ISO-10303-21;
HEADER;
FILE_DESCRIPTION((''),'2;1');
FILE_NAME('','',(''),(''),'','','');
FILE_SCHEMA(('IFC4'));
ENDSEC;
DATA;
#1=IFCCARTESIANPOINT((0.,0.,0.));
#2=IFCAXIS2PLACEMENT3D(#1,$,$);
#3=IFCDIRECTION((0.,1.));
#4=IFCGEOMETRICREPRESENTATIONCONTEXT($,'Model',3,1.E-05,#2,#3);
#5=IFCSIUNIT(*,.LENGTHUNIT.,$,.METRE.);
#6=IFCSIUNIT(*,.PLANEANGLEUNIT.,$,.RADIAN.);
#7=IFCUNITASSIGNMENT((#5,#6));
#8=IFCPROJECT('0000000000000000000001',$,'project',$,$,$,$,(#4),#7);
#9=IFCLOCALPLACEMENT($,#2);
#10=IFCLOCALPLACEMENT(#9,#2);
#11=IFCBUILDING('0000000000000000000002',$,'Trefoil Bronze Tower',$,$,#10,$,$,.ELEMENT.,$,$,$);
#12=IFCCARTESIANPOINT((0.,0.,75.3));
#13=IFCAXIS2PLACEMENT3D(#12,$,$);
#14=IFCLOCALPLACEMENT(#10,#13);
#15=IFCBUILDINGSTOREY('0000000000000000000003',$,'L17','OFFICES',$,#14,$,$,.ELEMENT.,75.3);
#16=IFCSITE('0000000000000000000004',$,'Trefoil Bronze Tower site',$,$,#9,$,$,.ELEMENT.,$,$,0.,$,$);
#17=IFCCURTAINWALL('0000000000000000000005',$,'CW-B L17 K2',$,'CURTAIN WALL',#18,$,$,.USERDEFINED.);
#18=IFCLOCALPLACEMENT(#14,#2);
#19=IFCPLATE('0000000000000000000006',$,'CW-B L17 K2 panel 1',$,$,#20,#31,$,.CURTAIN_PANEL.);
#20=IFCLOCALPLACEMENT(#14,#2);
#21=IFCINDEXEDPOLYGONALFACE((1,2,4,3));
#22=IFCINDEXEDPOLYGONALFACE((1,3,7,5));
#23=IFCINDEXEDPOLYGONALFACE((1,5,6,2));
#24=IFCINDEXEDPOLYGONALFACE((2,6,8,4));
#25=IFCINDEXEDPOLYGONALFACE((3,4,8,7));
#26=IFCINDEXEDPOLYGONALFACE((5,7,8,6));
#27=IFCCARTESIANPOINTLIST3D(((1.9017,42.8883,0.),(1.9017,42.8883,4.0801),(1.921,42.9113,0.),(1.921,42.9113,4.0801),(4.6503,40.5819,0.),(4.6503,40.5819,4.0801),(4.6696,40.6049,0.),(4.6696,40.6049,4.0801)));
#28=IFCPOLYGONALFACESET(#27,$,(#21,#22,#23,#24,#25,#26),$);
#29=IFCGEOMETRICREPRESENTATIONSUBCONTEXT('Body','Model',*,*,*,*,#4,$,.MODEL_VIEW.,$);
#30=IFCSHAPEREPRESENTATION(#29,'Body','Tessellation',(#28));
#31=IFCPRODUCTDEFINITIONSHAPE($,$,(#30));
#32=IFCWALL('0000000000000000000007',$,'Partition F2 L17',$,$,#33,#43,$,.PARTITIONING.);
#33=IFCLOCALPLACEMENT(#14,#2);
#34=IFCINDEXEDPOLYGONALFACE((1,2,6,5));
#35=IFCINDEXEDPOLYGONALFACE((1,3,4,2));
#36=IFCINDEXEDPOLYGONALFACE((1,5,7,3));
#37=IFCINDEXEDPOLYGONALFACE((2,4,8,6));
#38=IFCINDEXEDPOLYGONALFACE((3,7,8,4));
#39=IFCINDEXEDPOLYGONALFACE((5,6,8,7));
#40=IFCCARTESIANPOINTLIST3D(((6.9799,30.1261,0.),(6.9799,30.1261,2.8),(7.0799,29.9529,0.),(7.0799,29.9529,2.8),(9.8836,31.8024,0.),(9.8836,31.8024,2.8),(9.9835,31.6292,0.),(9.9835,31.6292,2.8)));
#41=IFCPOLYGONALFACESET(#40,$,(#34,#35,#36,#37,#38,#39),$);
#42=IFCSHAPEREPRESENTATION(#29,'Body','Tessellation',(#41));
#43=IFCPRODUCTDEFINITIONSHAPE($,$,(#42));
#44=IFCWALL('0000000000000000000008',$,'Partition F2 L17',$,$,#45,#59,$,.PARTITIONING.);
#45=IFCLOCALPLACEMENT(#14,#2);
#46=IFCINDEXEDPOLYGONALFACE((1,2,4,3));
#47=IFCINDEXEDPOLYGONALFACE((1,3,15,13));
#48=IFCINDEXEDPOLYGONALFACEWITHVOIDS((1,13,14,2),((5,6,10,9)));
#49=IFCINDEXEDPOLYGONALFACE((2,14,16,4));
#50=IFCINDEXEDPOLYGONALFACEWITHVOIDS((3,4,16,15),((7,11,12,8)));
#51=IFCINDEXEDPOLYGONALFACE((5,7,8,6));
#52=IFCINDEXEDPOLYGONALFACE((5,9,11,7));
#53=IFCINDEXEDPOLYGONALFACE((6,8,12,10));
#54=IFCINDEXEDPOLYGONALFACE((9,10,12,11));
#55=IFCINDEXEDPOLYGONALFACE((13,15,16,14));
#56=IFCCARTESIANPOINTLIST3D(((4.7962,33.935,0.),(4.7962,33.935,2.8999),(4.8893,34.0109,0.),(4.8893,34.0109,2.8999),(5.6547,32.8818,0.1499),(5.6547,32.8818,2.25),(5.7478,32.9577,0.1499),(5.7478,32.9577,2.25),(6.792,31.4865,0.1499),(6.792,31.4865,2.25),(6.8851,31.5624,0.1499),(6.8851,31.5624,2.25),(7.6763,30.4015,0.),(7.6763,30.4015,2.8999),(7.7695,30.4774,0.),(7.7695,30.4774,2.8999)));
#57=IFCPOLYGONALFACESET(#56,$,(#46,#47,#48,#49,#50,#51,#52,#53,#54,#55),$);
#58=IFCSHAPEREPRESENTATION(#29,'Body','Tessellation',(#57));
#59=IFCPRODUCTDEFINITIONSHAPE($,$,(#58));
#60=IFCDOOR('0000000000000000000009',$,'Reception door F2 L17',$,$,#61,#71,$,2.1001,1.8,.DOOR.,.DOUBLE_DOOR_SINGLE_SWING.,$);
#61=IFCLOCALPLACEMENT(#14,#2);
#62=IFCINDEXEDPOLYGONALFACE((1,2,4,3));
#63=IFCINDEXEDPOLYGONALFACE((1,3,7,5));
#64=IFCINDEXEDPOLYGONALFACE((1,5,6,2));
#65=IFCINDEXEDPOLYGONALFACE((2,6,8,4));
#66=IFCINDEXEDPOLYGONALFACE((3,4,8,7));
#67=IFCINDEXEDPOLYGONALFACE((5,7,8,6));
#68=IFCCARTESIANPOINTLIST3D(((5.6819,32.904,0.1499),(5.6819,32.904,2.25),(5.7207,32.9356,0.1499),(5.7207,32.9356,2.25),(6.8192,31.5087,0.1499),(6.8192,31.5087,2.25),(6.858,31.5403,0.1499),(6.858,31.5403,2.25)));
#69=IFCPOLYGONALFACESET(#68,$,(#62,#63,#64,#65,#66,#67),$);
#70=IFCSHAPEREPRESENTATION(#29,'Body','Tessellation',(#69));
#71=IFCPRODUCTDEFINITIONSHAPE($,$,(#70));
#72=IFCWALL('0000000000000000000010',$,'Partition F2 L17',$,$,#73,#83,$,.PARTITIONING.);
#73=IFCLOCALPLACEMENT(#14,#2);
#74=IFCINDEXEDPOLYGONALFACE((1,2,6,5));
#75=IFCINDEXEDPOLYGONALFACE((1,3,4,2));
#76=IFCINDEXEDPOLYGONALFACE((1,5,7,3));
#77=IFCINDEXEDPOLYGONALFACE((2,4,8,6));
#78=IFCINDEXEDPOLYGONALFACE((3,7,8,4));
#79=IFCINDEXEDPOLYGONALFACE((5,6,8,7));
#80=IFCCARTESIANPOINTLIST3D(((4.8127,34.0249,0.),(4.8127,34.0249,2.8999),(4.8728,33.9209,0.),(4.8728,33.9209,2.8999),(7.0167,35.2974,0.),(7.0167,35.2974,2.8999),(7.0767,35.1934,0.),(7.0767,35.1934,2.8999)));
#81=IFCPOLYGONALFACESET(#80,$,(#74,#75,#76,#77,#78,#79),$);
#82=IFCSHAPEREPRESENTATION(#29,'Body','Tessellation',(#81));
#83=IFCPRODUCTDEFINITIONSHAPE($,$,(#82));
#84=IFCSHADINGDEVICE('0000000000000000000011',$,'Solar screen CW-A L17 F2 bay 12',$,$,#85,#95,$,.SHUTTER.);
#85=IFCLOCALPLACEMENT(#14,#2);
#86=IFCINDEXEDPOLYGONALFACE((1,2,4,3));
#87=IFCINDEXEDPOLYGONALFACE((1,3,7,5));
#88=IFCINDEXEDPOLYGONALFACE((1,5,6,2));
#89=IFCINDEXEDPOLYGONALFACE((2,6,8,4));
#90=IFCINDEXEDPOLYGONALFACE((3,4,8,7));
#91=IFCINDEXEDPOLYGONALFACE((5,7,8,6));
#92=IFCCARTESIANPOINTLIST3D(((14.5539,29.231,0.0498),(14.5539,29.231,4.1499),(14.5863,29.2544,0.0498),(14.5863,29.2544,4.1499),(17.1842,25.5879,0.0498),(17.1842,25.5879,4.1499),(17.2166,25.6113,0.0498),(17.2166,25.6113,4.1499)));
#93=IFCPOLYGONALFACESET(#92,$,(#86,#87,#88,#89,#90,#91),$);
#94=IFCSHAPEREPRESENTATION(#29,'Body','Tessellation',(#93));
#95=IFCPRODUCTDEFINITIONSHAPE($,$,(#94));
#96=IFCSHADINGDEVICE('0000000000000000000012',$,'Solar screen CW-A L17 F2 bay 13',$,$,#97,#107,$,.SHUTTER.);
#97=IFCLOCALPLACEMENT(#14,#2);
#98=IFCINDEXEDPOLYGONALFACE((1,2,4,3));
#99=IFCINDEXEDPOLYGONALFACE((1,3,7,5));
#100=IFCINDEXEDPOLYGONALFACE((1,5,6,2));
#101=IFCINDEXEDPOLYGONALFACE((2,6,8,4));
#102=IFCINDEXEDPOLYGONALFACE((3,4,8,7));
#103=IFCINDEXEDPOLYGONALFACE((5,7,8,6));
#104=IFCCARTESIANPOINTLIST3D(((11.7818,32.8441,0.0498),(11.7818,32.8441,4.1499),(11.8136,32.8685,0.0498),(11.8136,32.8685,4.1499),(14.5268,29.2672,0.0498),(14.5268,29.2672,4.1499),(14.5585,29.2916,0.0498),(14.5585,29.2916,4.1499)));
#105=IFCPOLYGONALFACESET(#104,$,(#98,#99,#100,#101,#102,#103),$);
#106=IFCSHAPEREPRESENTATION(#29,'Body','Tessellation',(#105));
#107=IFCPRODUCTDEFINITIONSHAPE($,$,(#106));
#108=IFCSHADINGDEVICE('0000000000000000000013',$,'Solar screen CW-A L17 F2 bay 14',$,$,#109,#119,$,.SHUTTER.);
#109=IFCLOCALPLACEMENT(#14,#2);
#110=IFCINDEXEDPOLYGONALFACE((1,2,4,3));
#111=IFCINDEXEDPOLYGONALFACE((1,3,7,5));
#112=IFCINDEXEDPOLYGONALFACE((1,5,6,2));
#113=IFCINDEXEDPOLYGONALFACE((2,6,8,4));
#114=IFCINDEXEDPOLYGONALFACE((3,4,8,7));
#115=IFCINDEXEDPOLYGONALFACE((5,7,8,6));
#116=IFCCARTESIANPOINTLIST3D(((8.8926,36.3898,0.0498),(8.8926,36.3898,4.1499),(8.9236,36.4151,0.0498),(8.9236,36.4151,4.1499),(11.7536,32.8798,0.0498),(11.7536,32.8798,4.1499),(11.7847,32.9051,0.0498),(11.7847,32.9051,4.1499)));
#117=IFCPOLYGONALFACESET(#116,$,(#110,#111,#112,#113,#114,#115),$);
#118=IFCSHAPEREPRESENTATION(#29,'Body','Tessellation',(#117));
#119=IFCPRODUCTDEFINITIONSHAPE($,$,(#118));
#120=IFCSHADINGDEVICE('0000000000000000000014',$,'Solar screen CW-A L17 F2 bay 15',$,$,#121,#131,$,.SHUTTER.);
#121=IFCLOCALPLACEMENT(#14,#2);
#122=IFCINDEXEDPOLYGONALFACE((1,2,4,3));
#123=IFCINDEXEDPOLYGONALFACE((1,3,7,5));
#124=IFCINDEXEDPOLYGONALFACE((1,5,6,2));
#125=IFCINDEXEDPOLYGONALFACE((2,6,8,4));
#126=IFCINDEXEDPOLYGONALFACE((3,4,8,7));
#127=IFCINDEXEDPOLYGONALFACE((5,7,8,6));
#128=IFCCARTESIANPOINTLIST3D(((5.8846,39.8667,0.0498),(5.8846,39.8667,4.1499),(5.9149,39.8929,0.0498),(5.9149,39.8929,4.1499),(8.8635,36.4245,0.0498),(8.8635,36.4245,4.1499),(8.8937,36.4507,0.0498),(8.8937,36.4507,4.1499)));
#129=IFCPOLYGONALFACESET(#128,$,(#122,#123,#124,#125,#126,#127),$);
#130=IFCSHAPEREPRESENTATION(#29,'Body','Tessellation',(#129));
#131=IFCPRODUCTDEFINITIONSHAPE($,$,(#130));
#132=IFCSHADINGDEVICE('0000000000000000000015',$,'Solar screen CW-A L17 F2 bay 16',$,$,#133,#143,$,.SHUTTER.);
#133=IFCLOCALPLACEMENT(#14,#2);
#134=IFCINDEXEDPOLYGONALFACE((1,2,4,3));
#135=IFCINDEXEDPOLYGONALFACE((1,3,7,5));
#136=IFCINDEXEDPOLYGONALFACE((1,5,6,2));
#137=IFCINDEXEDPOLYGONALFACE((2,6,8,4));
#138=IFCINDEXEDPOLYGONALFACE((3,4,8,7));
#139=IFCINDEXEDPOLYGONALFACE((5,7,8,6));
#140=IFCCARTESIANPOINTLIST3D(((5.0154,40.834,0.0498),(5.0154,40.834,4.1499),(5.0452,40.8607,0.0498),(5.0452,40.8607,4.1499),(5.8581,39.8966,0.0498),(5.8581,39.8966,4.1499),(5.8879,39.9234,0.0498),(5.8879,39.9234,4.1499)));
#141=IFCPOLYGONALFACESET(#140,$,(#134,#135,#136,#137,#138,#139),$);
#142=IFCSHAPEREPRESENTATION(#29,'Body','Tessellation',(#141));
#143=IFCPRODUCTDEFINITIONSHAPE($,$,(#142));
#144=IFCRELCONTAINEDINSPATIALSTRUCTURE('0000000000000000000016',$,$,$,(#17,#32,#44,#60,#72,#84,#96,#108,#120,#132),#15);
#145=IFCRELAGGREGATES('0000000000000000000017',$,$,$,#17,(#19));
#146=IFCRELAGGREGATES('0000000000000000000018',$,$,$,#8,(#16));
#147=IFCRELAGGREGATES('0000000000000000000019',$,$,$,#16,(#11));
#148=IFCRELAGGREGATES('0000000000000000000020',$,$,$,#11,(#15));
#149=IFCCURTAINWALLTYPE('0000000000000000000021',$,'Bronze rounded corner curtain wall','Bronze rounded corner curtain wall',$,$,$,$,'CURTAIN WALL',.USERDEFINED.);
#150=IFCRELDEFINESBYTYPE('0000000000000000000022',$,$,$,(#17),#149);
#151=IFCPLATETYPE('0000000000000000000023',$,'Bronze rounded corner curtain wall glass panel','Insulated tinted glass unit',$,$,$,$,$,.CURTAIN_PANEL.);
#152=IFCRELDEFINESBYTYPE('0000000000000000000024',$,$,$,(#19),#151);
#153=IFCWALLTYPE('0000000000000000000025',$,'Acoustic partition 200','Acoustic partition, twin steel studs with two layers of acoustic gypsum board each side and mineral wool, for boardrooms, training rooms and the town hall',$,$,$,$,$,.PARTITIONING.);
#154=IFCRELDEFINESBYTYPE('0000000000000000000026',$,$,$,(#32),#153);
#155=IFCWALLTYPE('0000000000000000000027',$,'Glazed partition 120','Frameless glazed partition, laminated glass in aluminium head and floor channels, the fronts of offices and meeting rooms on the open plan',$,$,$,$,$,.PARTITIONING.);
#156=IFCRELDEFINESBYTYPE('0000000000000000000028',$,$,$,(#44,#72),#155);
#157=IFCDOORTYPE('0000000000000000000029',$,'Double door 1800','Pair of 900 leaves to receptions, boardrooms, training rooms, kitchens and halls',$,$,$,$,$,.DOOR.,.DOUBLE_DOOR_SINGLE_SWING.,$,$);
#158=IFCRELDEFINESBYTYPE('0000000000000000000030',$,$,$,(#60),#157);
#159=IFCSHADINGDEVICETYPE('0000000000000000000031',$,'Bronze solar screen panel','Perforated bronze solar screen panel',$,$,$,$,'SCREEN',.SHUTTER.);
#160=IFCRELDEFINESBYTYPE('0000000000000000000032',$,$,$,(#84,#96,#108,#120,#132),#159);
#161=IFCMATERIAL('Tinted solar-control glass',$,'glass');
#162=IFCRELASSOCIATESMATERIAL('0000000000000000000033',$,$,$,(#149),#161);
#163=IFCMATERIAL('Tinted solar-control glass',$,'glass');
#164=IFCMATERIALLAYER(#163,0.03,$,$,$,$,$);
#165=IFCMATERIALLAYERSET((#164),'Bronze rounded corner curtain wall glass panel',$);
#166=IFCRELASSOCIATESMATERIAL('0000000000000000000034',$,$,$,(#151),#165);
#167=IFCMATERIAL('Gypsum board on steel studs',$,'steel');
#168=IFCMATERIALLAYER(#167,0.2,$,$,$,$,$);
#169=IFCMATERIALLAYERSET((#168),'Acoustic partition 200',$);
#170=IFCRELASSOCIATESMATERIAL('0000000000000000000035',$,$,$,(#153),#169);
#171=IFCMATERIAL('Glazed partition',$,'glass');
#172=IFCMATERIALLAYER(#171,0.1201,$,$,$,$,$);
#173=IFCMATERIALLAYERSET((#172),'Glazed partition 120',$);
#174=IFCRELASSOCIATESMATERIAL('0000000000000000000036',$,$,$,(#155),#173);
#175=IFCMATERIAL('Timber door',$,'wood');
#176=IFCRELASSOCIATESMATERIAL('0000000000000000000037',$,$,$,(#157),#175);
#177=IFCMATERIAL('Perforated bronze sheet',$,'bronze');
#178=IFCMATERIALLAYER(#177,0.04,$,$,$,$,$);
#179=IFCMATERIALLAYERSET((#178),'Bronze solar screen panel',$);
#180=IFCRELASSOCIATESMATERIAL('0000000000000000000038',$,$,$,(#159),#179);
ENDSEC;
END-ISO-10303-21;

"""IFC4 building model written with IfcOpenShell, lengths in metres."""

from ifc_helpers import new_model, si_unit, direction, frame, frame_2d, origin, origin_2d, place, context, subcontext, project, spatial, rectangle, extrude, material, layer, layer_set, type_object, element, fill, aggregate, save


model = new_model("IFC4")

# Units and contexts
model_context = context("Model", 3, precision=1e-05, world=origin(), true_north=direction((0.0, 1.0)))
body_context = subcontext(model_context, "Body", "Model", "MODEL_VIEW")
ifc_project = project(units=[si_unit("LENGTHUNIT", "METRE"), si_unit("PLANEANGLEUNIT", "RADIAN")], contexts=[model_context])

# Site, building, storey
site_placement = place(None, origin())
site = spatial("IfcSite", under=ifc_project, at=site_placement, Name="Trefoil Bronze Tower site", CompositionType="ELEMENT", RefElevation=0.0)
building_placement = place(site_placement, origin())
building = spatial("IfcBuilding", under=site, at=building_placement, Name="Trefoil Bronze Tower", CompositionType="ELEMENT")
storey_placement = place(building_placement, frame((0.0, 0.0, 75.3)))
storey = spatial("IfcBuildingStorey", under=building, at=storey_placement, Name="L17", Description="OFFICES", CompositionType="ELEMENT", Elevation=75.3)

# Curtain wall
ifc_material_1 = material(Name="Tinted solar-control glass", Category="glass")
curtain_wall_type_1 = type_object("IfcCurtainWallType", Name="Bronze rounded corner curtain wall", Description="Bronze rounded corner curtain wall", ElementType="CURTAIN WALL", PredefinedType="USERDEFINED", material=ifc_material_1)
curtain_wall_1_placement = place(storey_placement, origin())
curtain_wall_1 = element("IfcCurtainWall", 1, at=curtain_wall_1_placement, inside=storey, type_object=curtain_wall_type_1, Name="CW-B L17 K2", ObjectType="CURTAIN WALL", PredefinedType="USERDEFINED")

# Plate
ifc_material_2 = material(Name="Tinted solar-control glass", Category="glass")
ifc_layer_1 = layer(ifc_material_2, 0.03)
ifc_layer_set_1 = layer_set([ifc_layer_1], Name="Bronze rounded corner curtain wall glass panel")
plate_type_1 = type_object("IfcPlateType", Name="Bronze rounded corner curtain wall glass panel", Description="Insulated tinted glass unit", PredefinedType="CURTAIN_PANEL", material=ifc_layer_set_1)
plate_1_placement = place(storey_placement, frame((3.2856, 41.7466, 0.0), z_axis=(0.0, 0.0, 1.0), x_axis=(-0.766044, 0.642788, 0.0)))
plate_1 = element("IfcPlate", 2, at=plate_1_placement, type_object=plate_type_1, Name="CW-B L17 K2 panel 1", PredefinedType="CURTAIN_PANEL", context=body_context, shape_type="SweptSolid", body=[
    extrude(rectangle(XDim=3.5881, YDim=0.03, at=origin_2d()), origin(), (0.0, 0.0, 1.0), 4.0801),
])
aggregate(curtain_wall_1, [plate_1])

# Wall
ifc_material_3 = material(Name="Gypsum board on steel studs", Category="steel")
ifc_layer_2 = layer(ifc_material_3, 0.2)
ifc_layer_set_2 = layer_set([ifc_layer_2], Name="Acoustic partition 200")
wall_type_1 = type_object("IfcWallType", Name="Acoustic partition 200", Description="Acoustic partition, twin steel studs with two layers of acoustic gypsum board each side and mineral wool, for boardrooms, training rooms and the town hall", PredefinedType="PARTITIONING", material=ifc_layer_set_2)
wall_1_placement = place(storey_placement, frame((7.03, 30.0396, 0.0), z_axis=(0.0, 0.0, 1.0), x_axis=(0.866039, 0.499977, 0.0)))
element("IfcWall", 3, at=wall_1_placement, inside=storey, type_object=wall_type_1, Name="Partition F2 L17", PredefinedType="PARTITIONING", context=body_context, shape_type="SweptSolid", body=[
    extrude(rectangle(XDim=3.3528, YDim=0.2, at=frame_2d((1.6763, 0.0))), origin(), (0.0, 0.0, 1.0), 2.8),
])

# Wall, opening, door
ifc_material_4 = material(Name="Glazed partition", Category="glass")
ifc_layer_3 = layer(ifc_material_4, 0.1201)
ifc_layer_set_3 = layer_set([ifc_layer_3], Name="Glazed partition 120")
wall_type_2 = type_object("IfcWallType", Name="Glazed partition 120", Description="Frameless glazed partition, laminated glass in aluminium head and floor channels, the fronts of offices and meeting rooms on the open plan", PredefinedType="PARTITIONING", material=ifc_layer_set_3)
wall_2_placement = place(storey_placement, frame((7.7229, 30.4395, 0.0), z_axis=(0.0, 0.0, 1.0), x_axis=(-0.631808, 0.775125, 0.0)))
wall_2 = element("IfcWall", 4, at=wall_2_placement, inside=storey, type_object=wall_type_2, Name="Partition F2 L17", PredefinedType="PARTITIONING", context=body_context, shape_type="SweptSolid", body=[
    extrude(rectangle(XDim=4.5586, YDim=0.1201, at=frame_2d((2.2793, 0.0))), origin(), (0.0, 0.0, 1.0), 2.8999),
])
opening_placement = place(wall_2_placement, frame((1.3999, 0.0, 0.1499)))
opening = element("IfcOpeningElement", 5, at=opening_placement, cuts=wall_2, PredefinedType="OPENING", context=body_context, shape_type="SweptSolid", body=[
    extrude(rectangle(XDim=1.8, YDim=2.1001, at=frame_2d((0.8999, 1.05))), frame((0.0, 0.0701, 0.0), z_axis=(0.0, -1.0, 0.0), x_axis=(1.0, 0.0, 0.0)), (0.0, 0.0, 1.0), 0.1401),
])
ifc_material_5 = material(Name="Timber door", Category="wood")
door_type = type_object("IfcDoorType", Name="Double door 1800", Description="Pair of 900 leaves to receptions, boardrooms, training rooms, kitchens and halls", OperationType="DOUBLE_DOOR_SINGLE_SWING", PredefinedType="DOOR", material=ifc_material_5)
door_placement = place(opening_placement, origin())
door = element("IfcDoor", 6, at=door_placement, inside=storey, type_object=door_type, Name="Reception door F2 L17", OperationType="DOUBLE_DOOR_SINGLE_SWING", OverallHeight=2.1001, OverallWidth=1.8, PredefinedType="DOOR", context=body_context, shape_type="SweptSolid", body=[
    extrude(rectangle(XDim=1.8, YDim=2.1001, at=frame_2d((0.8999, 1.05))), frame((0.0, 0.0249, 0.0), z_axis=(0.0, -1.0, 0.0), x_axis=(1.0, 0.0, 0.0)), (0.0, 0.0, 1.0), 0.05),
])
fill(opening, door)

# Wall
wall_3_placement = place(storey_placement, frame((4.8428, 33.9729, 0.0), z_axis=(0.0, 0.0, 1.0), x_axis=(0.866015, 0.500019, 0.0)))
element("IfcWall", 7, at=wall_3_placement, inside=storey, type_object=wall_type_2, Name="Partition F2 L17", PredefinedType="PARTITIONING", context=body_context, shape_type="SweptSolid", body=[
    extrude(rectangle(XDim=2.5449, YDim=0.1201, at=frame_2d((1.2725, 0.0))), origin(), (0.0, 0.0, 1.0), 2.8999),
])

# Shading devices
ifc_material_6 = material(Name="Perforated bronze sheet", Category="bronze")
ifc_layer_4 = layer(ifc_material_6, 0.04)
ifc_layer_set_4 = layer_set([ifc_layer_4], Name="Bronze solar screen panel")
shading_device_type = type_object("IfcShadingDeviceType", Name="Bronze solar screen panel", Description="Perforated bronze solar screen panel", ElementType="SCREEN", PredefinedType="SHUTTER", material=ifc_layer_set_4)
shading_device_1_placement = place(storey_placement, frame((15.8853, 27.4211, 0.0498), z_axis=(0.0, 0.0, 1.0), x_axis=(-0.585373, 0.810764, 0.0)))
element("IfcShadingDevice", 8, at=shading_device_1_placement, inside=storey, type_object=shading_device_type, Name="Solar screen CW-A L17 F2 bay 12", PredefinedType="SHUTTER", context=body_context, shape_type="SweptSolid", body=[
    extrude(rectangle(XDim=4.4934, YDim=0.04, at=origin_2d()), origin(), (0.0, 0.0, 1.0), 4.1001),
])
shading_device_2_placement = place(storey_placement, frame((13.1702, 31.0679, 0.0498), z_axis=(0.0, 0.0, 1.0), x_axis=(-0.608808, 0.793318, 0.0)))
element("IfcShadingDevice", 9, at=shading_device_2_placement, inside=storey, type_object=shading_device_type, Name="Solar screen CW-A L17 F2 bay 13", PredefinedType="SHUTTER", context=body_context, shape_type="SweptSolid", body=[
    extrude(rectangle(XDim=4.5088, YDim=0.04, at=origin_2d()), origin(), (0.0, 0.0, 1.0), 4.1001),
])
shading_device_3_placement = place(storey_placement, frame((10.3386, 34.6475, 0.0498), z_axis=(0.0, 0.0, 1.0), x_axis=(-0.631811, 0.775123, 0.0)))
element("IfcShadingDevice", 10, at=shading_device_3_placement, inside=storey, type_object=shading_device_type, Name="Solar screen CW-A L17 F2 bay 14", PredefinedType="SHUTTER", context=body_context, shape_type="SweptSolid", body=[
    extrude(rectangle(XDim=4.5283, YDim=0.04, at=origin_2d()), origin(), (0.0, 0.0, 1.0), 4.1001),
])
shading_device_4_placement = place(storey_placement, frame((7.3892, 38.1587, 0.0498), z_axis=(0.0, 0.0, 1.0), x_axis=(-0.654376, 0.756169, 0.0)))
element("IfcShadingDevice", 11, at=shading_device_4_placement, inside=storey, type_object=shading_device_type, Name="Solar screen CW-A L17 F2 bay 15", PredefinedType="SHUTTER", context=body_context, shape_type="SweptSolid", body=[
    extrude(rectangle(XDim=4.5522, YDim=0.04, at=origin_2d()), origin(), (0.0, 0.0, 1.0), 4.1001),
])
shading_device_5_placement = place(storey_placement, frame((5.4517, 40.3787, 0.0498), z_axis=(0.0, 0.0, 1.0), x_axis=(-0.668575, 0.743645, 0.0)))
element("IfcShadingDevice", 12, at=shading_device_5_placement, inside=storey, type_object=shading_device_type, Name="Solar screen CW-A L17 F2 bay 16", PredefinedType="SHUTTER", context=body_context, shape_type="SweptSolid", body=[
    extrude(rectangle(XDim=1.2605, YDim=0.04, at=origin_2d()), origin(), (0.0, 0.0, 1.0), 4.1001),
])

save(model, "model.ifc")
